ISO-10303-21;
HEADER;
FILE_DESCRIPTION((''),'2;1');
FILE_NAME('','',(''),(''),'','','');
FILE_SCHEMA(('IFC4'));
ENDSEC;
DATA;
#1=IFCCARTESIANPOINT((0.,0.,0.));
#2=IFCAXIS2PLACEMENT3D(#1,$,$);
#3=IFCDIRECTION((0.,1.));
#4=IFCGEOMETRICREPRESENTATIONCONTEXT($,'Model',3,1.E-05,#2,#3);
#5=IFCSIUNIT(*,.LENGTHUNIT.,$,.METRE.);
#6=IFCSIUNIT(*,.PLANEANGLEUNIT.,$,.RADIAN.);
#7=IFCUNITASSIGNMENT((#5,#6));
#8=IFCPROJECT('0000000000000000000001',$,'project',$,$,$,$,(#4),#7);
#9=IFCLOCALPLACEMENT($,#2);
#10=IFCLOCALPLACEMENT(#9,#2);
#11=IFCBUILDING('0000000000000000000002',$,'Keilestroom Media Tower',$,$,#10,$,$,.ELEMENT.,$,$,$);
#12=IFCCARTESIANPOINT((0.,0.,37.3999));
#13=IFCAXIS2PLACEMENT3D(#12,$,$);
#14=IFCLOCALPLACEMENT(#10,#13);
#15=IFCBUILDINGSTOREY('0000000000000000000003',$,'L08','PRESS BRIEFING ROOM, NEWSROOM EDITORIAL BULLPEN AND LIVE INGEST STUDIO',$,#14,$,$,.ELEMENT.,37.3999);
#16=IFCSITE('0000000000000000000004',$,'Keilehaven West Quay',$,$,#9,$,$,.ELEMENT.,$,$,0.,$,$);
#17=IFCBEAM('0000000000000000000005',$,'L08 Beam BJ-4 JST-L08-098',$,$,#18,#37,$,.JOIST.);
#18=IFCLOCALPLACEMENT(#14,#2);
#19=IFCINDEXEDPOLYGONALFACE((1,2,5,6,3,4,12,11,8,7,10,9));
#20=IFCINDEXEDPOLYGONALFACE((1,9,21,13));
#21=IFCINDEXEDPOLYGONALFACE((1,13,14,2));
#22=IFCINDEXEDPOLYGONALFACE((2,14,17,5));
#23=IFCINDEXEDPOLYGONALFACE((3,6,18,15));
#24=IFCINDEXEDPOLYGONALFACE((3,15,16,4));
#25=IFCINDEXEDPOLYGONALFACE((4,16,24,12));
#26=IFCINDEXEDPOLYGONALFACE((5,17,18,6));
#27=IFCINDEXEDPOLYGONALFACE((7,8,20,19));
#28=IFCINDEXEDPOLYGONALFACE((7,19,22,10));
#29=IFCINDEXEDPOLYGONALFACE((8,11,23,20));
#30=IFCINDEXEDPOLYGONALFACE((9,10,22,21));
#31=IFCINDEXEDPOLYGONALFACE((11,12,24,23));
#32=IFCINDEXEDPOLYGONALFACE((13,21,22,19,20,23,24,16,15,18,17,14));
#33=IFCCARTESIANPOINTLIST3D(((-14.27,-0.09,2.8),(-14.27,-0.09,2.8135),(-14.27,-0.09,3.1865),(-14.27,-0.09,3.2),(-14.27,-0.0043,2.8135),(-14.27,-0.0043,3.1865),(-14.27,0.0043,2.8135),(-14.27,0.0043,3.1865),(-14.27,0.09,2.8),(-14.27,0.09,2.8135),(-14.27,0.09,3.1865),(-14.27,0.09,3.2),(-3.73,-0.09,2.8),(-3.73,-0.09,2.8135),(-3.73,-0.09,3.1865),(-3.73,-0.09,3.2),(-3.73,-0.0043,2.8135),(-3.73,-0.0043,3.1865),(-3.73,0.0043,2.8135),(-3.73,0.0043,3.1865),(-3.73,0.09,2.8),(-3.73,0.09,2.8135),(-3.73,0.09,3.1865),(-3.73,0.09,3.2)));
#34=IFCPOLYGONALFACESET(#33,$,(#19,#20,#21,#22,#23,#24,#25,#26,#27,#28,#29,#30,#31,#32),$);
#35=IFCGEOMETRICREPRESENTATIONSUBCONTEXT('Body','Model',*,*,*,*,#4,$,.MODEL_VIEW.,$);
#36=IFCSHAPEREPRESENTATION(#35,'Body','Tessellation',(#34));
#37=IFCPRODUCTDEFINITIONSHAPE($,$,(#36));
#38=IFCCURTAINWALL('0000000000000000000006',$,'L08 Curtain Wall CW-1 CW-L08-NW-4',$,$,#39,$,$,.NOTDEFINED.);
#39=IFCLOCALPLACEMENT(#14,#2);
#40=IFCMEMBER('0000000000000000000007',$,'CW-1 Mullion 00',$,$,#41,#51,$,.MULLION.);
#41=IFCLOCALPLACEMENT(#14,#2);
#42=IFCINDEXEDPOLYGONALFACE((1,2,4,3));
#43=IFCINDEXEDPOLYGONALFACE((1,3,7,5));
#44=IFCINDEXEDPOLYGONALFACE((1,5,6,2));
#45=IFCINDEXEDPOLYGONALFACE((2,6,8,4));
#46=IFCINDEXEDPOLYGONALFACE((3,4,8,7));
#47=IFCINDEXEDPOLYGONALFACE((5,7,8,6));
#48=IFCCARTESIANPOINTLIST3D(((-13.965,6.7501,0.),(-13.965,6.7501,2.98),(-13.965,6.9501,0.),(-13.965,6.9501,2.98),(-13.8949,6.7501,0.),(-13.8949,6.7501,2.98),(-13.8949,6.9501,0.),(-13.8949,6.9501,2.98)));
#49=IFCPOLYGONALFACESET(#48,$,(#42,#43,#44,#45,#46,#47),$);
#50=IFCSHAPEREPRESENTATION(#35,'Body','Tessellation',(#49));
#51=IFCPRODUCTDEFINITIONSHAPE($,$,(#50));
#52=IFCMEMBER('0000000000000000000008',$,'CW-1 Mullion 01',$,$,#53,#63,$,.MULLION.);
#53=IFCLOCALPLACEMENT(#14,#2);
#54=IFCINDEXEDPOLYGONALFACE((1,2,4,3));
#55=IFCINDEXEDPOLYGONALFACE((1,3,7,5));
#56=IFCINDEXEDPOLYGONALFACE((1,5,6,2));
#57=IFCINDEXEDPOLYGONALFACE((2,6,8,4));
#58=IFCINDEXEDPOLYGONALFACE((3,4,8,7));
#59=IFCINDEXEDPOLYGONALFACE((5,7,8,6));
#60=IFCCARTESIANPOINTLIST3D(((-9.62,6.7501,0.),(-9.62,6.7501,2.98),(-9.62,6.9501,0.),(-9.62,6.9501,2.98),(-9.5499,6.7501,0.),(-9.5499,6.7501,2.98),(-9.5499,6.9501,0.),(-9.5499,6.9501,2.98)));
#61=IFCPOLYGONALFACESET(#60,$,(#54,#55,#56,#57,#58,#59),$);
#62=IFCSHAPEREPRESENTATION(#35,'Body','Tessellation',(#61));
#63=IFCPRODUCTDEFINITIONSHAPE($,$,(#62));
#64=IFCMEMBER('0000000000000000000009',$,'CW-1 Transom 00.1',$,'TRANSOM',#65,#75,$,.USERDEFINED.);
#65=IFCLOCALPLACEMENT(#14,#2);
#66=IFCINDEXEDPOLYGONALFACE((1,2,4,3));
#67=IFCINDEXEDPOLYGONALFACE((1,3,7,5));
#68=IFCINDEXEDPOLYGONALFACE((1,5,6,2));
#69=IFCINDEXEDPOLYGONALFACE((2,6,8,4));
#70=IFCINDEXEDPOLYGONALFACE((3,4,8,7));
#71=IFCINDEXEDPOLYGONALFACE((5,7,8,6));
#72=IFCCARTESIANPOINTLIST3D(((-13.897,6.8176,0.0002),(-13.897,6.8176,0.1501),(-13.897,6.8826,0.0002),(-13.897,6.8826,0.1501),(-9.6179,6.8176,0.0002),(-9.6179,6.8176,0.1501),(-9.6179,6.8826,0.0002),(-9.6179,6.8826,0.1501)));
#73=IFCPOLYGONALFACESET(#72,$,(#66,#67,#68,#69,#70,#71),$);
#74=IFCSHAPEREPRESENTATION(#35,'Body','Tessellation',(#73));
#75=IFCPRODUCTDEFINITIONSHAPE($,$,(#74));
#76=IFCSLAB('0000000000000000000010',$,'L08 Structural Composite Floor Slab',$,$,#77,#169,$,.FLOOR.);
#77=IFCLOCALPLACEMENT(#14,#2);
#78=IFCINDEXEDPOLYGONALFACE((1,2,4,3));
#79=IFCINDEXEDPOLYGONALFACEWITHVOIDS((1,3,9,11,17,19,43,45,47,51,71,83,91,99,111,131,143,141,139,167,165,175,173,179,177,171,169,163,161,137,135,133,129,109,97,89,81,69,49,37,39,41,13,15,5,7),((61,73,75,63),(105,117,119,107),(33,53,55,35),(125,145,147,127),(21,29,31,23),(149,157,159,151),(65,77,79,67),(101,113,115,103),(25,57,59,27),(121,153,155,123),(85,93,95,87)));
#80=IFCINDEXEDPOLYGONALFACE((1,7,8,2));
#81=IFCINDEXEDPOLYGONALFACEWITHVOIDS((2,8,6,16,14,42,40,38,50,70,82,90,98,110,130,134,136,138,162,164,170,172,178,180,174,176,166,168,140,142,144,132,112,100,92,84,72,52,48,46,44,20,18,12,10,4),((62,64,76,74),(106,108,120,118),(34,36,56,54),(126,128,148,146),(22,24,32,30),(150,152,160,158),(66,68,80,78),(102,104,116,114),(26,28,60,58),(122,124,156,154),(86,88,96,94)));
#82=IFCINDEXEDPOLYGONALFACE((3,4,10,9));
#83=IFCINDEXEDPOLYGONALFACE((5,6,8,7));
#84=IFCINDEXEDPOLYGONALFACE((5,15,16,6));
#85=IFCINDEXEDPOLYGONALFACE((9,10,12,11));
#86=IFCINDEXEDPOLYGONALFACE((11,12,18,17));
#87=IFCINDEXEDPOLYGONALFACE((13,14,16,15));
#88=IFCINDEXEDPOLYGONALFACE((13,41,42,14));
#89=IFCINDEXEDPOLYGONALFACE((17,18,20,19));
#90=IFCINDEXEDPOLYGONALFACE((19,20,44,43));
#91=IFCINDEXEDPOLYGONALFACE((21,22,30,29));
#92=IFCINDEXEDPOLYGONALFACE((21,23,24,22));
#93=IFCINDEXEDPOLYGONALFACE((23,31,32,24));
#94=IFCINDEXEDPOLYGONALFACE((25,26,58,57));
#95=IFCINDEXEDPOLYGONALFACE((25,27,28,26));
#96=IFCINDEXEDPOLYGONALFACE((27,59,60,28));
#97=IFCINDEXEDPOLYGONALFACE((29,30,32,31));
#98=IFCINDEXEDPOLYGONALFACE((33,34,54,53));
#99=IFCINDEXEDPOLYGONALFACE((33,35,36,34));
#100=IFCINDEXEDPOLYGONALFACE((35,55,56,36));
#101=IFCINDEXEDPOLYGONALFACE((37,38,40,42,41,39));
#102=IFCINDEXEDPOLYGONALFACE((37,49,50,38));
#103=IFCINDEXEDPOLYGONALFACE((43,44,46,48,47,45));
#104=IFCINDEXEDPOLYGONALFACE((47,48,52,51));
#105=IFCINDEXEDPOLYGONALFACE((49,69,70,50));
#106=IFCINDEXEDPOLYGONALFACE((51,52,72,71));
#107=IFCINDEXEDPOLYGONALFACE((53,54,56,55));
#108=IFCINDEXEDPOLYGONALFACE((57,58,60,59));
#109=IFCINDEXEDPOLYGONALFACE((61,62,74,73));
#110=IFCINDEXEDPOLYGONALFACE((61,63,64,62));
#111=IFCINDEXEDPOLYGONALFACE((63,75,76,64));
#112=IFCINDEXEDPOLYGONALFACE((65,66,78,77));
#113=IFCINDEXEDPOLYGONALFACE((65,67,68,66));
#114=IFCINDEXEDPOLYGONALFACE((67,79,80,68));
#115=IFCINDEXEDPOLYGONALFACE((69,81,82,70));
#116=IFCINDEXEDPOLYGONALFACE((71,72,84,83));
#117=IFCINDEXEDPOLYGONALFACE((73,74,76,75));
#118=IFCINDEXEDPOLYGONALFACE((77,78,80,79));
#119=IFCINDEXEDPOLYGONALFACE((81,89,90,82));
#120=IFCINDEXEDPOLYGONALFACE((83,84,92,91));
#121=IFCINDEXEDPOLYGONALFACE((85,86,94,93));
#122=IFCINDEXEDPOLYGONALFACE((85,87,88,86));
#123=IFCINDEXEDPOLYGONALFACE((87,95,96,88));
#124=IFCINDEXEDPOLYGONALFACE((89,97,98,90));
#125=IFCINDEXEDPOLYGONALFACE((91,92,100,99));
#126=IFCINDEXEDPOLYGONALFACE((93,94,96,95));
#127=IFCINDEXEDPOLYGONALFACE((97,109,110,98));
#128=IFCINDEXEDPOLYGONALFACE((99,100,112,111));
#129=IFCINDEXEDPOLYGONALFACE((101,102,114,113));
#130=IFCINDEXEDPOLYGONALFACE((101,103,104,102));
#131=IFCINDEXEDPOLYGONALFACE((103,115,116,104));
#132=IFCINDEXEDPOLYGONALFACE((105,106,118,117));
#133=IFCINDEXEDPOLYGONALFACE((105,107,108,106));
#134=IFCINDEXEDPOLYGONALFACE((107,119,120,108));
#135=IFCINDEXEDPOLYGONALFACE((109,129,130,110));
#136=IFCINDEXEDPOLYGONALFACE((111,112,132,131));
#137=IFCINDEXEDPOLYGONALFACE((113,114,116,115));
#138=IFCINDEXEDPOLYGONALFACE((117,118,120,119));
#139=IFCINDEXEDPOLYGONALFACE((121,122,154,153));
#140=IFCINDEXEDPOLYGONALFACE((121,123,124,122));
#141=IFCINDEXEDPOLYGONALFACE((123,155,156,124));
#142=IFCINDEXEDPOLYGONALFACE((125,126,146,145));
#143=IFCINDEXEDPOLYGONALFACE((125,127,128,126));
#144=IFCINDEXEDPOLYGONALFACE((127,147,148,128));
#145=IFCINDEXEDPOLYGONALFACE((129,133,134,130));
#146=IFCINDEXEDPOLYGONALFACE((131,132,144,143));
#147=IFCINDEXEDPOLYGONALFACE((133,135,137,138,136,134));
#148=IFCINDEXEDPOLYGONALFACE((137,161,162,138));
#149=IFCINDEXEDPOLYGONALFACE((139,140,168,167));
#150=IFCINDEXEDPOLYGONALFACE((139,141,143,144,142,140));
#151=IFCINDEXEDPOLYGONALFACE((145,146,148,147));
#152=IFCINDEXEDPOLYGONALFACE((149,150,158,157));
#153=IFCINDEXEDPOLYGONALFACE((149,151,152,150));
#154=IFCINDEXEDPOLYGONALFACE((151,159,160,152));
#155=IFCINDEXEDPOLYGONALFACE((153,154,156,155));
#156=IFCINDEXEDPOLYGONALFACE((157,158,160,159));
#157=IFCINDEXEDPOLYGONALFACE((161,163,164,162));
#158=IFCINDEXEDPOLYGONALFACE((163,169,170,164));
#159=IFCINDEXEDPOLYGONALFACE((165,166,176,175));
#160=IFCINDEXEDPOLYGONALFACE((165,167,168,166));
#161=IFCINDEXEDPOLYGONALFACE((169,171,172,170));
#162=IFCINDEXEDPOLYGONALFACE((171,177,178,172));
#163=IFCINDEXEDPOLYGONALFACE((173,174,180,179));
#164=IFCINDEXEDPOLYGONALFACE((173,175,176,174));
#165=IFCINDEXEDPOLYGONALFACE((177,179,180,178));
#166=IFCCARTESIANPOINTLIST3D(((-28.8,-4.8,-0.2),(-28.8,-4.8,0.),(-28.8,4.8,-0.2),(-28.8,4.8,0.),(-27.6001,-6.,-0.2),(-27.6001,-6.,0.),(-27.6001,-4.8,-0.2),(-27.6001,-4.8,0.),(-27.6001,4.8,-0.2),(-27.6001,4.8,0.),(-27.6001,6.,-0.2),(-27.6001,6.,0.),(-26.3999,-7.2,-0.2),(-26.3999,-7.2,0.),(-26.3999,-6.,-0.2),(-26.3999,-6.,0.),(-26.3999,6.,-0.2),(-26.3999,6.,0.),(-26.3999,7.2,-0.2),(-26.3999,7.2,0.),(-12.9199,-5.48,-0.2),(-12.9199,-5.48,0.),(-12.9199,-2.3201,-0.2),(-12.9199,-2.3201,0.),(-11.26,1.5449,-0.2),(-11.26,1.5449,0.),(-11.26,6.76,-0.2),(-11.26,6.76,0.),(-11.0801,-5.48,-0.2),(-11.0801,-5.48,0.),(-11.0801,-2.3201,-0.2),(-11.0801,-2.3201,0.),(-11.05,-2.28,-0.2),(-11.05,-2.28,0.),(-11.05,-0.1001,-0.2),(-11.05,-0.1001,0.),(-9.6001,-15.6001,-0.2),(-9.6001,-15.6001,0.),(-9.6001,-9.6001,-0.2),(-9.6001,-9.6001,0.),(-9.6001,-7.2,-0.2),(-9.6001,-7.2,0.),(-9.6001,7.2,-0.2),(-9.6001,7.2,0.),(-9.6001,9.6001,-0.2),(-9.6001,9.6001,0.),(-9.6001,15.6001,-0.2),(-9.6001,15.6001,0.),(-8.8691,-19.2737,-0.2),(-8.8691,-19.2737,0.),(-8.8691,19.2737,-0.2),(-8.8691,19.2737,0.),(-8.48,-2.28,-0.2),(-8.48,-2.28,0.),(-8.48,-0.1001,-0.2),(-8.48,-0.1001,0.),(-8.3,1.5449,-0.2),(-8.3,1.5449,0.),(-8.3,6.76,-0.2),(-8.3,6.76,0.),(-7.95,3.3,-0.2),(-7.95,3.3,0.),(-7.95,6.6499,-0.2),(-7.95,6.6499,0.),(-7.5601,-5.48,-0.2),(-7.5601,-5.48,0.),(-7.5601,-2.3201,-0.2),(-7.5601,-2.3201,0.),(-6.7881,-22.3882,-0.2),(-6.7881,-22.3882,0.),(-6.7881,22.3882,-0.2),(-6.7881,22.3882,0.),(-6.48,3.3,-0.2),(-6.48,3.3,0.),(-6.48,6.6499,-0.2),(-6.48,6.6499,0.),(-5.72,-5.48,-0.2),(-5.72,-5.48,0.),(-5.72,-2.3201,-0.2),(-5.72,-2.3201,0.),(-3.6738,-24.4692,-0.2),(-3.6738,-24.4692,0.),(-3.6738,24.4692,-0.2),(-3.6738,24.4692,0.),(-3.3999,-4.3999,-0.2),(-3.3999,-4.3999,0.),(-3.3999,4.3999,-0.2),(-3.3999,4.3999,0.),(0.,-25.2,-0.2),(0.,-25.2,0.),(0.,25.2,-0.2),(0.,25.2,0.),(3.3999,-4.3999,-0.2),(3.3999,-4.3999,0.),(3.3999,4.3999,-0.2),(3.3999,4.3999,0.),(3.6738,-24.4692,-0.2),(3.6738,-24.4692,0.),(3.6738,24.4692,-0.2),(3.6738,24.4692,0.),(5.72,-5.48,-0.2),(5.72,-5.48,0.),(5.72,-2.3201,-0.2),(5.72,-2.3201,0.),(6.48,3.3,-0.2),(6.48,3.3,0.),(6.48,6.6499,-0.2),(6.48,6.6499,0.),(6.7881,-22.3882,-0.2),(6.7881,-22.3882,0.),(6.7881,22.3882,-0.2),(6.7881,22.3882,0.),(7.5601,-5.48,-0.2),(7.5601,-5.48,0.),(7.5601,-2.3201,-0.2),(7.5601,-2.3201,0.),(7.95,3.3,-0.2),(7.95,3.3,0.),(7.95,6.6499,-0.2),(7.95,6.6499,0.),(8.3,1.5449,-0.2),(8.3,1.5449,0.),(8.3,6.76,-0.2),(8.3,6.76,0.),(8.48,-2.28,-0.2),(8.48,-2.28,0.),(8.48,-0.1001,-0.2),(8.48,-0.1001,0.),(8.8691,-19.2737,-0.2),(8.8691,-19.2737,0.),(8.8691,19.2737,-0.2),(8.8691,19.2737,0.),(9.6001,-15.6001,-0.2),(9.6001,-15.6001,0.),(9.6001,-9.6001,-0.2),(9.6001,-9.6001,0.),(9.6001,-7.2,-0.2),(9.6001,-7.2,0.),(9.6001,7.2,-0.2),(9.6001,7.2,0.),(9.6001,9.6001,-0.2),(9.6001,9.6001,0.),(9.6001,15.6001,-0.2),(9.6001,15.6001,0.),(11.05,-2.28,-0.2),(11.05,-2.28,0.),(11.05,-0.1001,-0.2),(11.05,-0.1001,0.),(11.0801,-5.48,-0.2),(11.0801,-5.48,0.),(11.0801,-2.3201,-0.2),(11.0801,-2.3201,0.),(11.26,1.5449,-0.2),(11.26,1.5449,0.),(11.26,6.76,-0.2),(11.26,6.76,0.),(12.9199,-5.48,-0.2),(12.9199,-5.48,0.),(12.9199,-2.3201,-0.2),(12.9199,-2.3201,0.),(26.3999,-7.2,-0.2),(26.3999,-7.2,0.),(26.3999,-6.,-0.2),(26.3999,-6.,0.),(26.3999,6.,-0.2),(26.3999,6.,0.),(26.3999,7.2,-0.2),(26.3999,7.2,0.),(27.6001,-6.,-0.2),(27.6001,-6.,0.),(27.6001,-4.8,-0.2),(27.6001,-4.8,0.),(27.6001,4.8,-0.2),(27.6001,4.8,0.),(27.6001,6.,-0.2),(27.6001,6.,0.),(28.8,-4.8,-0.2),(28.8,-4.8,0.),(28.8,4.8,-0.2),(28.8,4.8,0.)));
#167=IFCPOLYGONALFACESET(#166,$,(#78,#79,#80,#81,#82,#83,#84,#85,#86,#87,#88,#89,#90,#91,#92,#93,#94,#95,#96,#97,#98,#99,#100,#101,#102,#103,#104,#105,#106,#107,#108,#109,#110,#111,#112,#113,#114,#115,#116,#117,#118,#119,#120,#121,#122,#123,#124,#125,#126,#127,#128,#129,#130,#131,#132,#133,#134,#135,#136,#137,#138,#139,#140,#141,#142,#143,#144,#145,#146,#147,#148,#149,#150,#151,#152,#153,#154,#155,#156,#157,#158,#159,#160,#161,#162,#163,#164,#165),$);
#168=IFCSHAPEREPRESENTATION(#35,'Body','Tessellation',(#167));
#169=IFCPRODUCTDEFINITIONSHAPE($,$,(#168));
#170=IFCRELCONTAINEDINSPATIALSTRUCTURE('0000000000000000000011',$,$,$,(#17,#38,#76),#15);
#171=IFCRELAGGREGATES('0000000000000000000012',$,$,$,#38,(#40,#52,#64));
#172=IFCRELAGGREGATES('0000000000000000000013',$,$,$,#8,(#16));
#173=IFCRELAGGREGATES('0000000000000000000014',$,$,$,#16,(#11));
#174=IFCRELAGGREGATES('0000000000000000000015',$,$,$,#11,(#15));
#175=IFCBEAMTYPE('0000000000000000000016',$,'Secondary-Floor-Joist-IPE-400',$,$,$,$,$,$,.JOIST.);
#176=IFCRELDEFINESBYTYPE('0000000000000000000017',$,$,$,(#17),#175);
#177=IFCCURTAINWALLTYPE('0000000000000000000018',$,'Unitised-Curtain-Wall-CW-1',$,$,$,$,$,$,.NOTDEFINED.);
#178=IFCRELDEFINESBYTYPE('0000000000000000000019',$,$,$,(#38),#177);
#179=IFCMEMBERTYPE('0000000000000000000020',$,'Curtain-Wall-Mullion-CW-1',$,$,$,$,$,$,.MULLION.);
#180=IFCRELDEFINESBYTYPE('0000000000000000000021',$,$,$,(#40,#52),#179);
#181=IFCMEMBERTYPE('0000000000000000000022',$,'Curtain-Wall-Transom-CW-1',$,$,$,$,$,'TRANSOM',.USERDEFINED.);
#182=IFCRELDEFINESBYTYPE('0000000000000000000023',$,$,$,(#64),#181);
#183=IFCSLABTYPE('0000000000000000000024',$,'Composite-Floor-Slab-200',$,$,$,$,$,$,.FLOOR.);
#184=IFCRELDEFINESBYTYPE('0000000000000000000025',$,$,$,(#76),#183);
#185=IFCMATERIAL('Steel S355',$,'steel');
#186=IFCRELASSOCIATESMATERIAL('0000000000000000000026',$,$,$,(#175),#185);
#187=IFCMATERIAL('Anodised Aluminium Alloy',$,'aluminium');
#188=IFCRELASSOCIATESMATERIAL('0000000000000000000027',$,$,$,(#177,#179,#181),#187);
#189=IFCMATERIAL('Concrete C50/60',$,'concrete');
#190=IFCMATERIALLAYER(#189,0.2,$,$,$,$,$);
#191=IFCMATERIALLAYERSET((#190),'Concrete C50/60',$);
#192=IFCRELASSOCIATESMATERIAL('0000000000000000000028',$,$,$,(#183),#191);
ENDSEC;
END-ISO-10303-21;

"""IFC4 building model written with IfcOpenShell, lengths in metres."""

from ifc_helpers import new_model, si_unit, direction, frame, origin, origin_2d, place, context, subcontext, project, spatial, polyline, rectangle, i_section, outline, extrude, source, transform, mapped, material, layer, layer_set, material_profile, profile_set, type_object, element, aggregate, save


model = new_model("IFC4")

# Units and contexts
model_context = context("Model", 3, precision=1e-05, world=origin(), true_north=direction((0.0, 1.0)))
body_context = subcontext(model_context, "Body", "Model", "MODEL_VIEW")
ifc_project = project(units=[si_unit("LENGTHUNIT", "METRE"), si_unit("PLANEANGLEUNIT", "RADIAN")], contexts=[model_context])

# Site, building, storey
site_placement = place(None, origin())
site = spatial("IfcSite", under=ifc_project, at=site_placement, Name="Keilehaven West Quay", CompositionType="ELEMENT", RefElevation=0.0)
building_placement = place(site_placement, origin())
building = spatial("IfcBuilding", under=site, at=building_placement, Name="Keilestroom Media Tower", CompositionType="ELEMENT")
storey_placement = place(building_placement, frame((0.0, 0.0, 37.3999)))
storey = spatial("IfcBuildingStorey", under=building, at=storey_placement, Name="L08", Description="PRESS BRIEFING ROOM, NEWSROOM EDITORIAL BULLPEN AND LIVE INGEST STUDIO", CompositionType="ELEMENT", Elevation=37.3999)

# Beam
ifc_material_1 = material(Name="Steel S355", Category="steel")
ifc_material_profile_1 = material_profile(ifc_material_1, i_section(OverallWidth=0.1799, OverallDepth=0.3999, WebThickness=0.0085, FlangeThickness=0.0134, at=origin_2d()), Name="IPE 400")
ifc_profile_set_1 = profile_set([ifc_material_profile_1], Name="Steel S355")
beam_type = type_object("IfcBeamType", Name="Secondary-Floor-Joist-IPE-400", PredefinedType="JOIST", material=ifc_profile_set_1)
shared_shape_1 = source(origin(), body_context, "Body", "SweptSolid", [
    extrude(i_section(OverallWidth=0.1799, OverallDepth=0.3999, WebThickness=0.0085, FlangeThickness=0.0134, at=origin_2d()), origin(), (0.0, 0.0, 1.0), 10.54),
])
beam_placement = place(storey_placement, frame((-14.27, 0.0, 3.0), z_axis=(1.0, 0.0, 0.0), x_axis=(0.0, 1.0, 0.0)))
element("IfcBeam", 1, at=beam_placement, inside=storey, type_object=beam_type, Name="L08 Beam BJ-4 JST-L08-098", PredefinedType="JOIST", context=body_context, shape_type="MappedRepresentation", body=[
    mapped(shared_shape_1, transform((0.0, 0.0, 0.0), x_axis=(1.0, 0.0, 0.0), y_axis=(0.0, 1.0, 0.0), z_axis=(0.0, 0.0, 1.0), scale=1.0)),
])

# Curtain wall, members
ifc_material_2 = material(Name="Anodised Aluminium Alloy", Category="aluminium")
curtain_wall_type = type_object("IfcCurtainWallType", Name="Unitised-Curtain-Wall-CW-1", PredefinedType="NOTDEFINED", material=ifc_material_2)
curtain_wall_placement = place(storey_placement, origin())
curtain_wall = element("IfcCurtainWall", 2, at=curtain_wall_placement, inside=storey, type_object=curtain_wall_type, Name="L08 Curtain Wall CW-1 CW-L08-NW-4", PredefinedType="NOTDEFINED")
ifc_material_profile_2 = material_profile(ifc_material_2, rectangle(XDim=0.0701, YDim=0.2, at=origin_2d()), Name="ALU MULLION 70x200")
ifc_profile_set_2 = profile_set([ifc_material_profile_2], Name="Anodised Aluminium Alloy")
member_type_1 = type_object("IfcMemberType", Name="Curtain-Wall-Mullion-CW-1", PredefinedType="MULLION", material=ifc_profile_set_2)
shared_shape_2 = source(origin(), body_context, "Body", "SweptSolid", [
    extrude(rectangle(XDim=0.0701, YDim=0.2, at=origin_2d()), origin(), (0.0, 0.0, 1.0), 2.98),
])
member_1_placement = place(storey_placement, frame((-13.9299, 6.8501, 0.0), z_axis=(0.0, 0.0, 1.0), x_axis=(1.0, 0.0, 0.0)))
member_1 = element("IfcMember", 3, at=member_1_placement, type_object=member_type_1, Name="CW-1 Mullion 00", PredefinedType="MULLION", context=body_context, shape_type="MappedRepresentation", body=[
    mapped(shared_shape_2, transform((0.0, 0.0, 0.0), x_axis=(1.0, 0.0, 0.0), y_axis=(0.0, 1.0, 0.0), z_axis=(0.0, 0.0, 1.0), scale=1.0)),
])
member_2_placement = place(storey_placement, frame((-9.585, 6.8501, 0.0), z_axis=(0.0, 0.0, 1.0), x_axis=(1.0, 0.0, 0.0)))
member_2 = element("IfcMember", 4, at=member_2_placement, type_object=member_type_1, Name="CW-1 Mullion 01", PredefinedType="MULLION", context=body_context, shape_type="MappedRepresentation", body=[
    mapped(shared_shape_2, transform((0.0, 0.0, 0.0), x_axis=(1.0, 0.0, 0.0), y_axis=(0.0, 1.0, 0.0), z_axis=(0.0, 0.0, 1.0), scale=1.0)),
])
ifc_material_profile_3 = material_profile(ifc_material_2, rectangle(XDim=0.0649, YDim=0.1499, at=origin_2d()), Name="ALU TRANSOM 65x150")
ifc_profile_set_3 = profile_set([ifc_material_profile_3], Name="Anodised Aluminium Alloy")
member_type_2 = type_object("IfcMemberType", Name="Curtain-Wall-Transom-CW-1", ElementType="TRANSOM", PredefinedType="USERDEFINED", material=ifc_profile_set_3)
shared_shape_3 = source(origin(), body_context, "Body", "SweptSolid", [
    extrude(rectangle(XDim=0.0649, YDim=0.1499, at=origin_2d()), origin(), (0.0, 0.0, 1.0), 4.2791),
])
member_3_placement = place(storey_placement, frame((-13.897, 6.8501, 0.0752), z_axis=(1.0, 0.0, 0.0), x_axis=(0.0, 1.0, 0.0)))
member_3 = element("IfcMember", 5, at=member_3_placement, type_object=member_type_2, Name="CW-1 Transom 00.1", ObjectType="TRANSOM", PredefinedType="USERDEFINED", context=body_context, shape_type="MappedRepresentation", body=[
    mapped(shared_shape_3, transform((0.0, 0.0, 0.0), x_axis=(1.0, 0.0, 0.0), y_axis=(0.0, 1.0, 0.0), z_axis=(0.0, 0.0, 1.0), scale=1.0)),
])

# Slab
ifc_material_3 = material(Name="Concrete C50/60", Category="concrete")
ifc_layer_1 = layer(ifc_material_3, 0.2)
ifc_layer_set_1 = layer_set([ifc_layer_1], Name="Concrete C50/60")
slab_type = type_object("IfcSlabType", Name="Composite-Floor-Slab-200", PredefinedType="FLOOR", material=ifc_layer_set_1)
slab_placement = place(storey_placement, frame((0.0, 0.0, -0.2)))
element("IfcSlab", 6, at=slab_placement, inside=storey, type_object=slab_type, Name="L08 Structural Composite Floor Slab", PredefinedType="FLOOR", context=body_context, shape_type="SweptSolid", body=[
    extrude(outline(polyline([(28.8, -4.8), (28.8, 4.8), (27.6001, 4.8), (27.6001, 6.0), (26.3999, 6.0), (26.3999, 7.2), (9.6001, 7.2), (9.6001, 9.6001), (9.6001, 15.6001), (8.8691, 19.2737), (6.7881, 22.3882), (3.6738, 24.4692), (0.0, 25.2), (-3.6738, 24.4692), (-6.7881, 22.3882), (-8.8691, 19.2737), (-9.6001, 15.6001), (-9.6001, 9.6001), (-9.6001, 7.2), (-26.3999, 7.2), (-26.3999, 6.0), (-27.6001, 6.0), (-27.6001, 4.8), (-28.8, 4.8), (-28.8, -4.8), (-27.6001, -4.8), (-27.6001, -6.0), (-26.3999, -6.0), (-26.3999, -7.2), (-9.6001, -7.2), (-9.6001, -9.6001), (-9.6001, -15.6001), (-8.8691, -19.2737), (-6.7881, -22.3882), (-3.6738, -24.4692), (0.0, -25.2), (3.6738, -24.4692), (6.7881, -22.3882), (8.8691, -19.2737), (9.6001, -15.6001), (9.6001, -9.6001), (9.6001, -7.2), (26.3999, -7.2), (26.3999, -6.0), (27.6001, -6.0), (27.6001, -4.8), (28.8, -4.8)]), holes=[polyline([(-12.9199, -5.48), (-12.9199, -2.3201), (-11.0801, -2.3201), (-11.0801, -5.48), (-12.9199, -5.48)]), polyline([(-11.26, 1.5449), (-11.26, 6.76), (-8.3, 6.76), (-8.3, 1.5449), (-11.26, 1.5449)]), polyline([(-11.05, -2.28), (-11.05, -0.1001), (-8.48, -0.1001), (-8.48, -2.28), (-11.05, -2.28)]), polyline([(-7.95, 3.3), (-7.95, 6.6499), (-6.48, 6.6499), (-6.48, 3.3), (-7.95, 3.3)]), polyline([(-7.5601, -5.48), (-7.5601, -2.3201), (-5.72, -2.3201), (-5.72, -5.48), (-7.5601, -5.48)]), polyline([(-3.3999, -4.3999), (-3.3999, 4.3999), (3.3999, 4.3999), (3.3999, -4.3999), (-3.3999, -4.3999)]), polyline([(5.72, -5.48), (5.72, -2.3201), (7.5601, -2.3201), (7.5601, -5.48), (5.72, -5.48)]), polyline([(7.95, 6.6499), (7.95, 3.3), (6.48, 3.3), (6.48, 6.6499), (7.95, 6.6499)]), polyline([(8.3, 6.76), (11.26, 6.76), (11.26, 1.5449), (8.3, 1.5449), (8.3, 6.76)]), polyline([(8.48, -2.28), (8.48, -0.1001), (11.05, -0.1001), (11.05, -2.28), (8.48, -2.28)]), polyline([(12.9199, -5.48), (11.0801, -5.48), (11.0801, -2.3201), (12.9199, -2.3201), (12.9199, -5.48)])]), origin(), (0.0, 0.0, 1.0), 0.2),
])

aggregate(curtain_wall, [member_1, member_2, member_3])

save(model, "model.ifc")
